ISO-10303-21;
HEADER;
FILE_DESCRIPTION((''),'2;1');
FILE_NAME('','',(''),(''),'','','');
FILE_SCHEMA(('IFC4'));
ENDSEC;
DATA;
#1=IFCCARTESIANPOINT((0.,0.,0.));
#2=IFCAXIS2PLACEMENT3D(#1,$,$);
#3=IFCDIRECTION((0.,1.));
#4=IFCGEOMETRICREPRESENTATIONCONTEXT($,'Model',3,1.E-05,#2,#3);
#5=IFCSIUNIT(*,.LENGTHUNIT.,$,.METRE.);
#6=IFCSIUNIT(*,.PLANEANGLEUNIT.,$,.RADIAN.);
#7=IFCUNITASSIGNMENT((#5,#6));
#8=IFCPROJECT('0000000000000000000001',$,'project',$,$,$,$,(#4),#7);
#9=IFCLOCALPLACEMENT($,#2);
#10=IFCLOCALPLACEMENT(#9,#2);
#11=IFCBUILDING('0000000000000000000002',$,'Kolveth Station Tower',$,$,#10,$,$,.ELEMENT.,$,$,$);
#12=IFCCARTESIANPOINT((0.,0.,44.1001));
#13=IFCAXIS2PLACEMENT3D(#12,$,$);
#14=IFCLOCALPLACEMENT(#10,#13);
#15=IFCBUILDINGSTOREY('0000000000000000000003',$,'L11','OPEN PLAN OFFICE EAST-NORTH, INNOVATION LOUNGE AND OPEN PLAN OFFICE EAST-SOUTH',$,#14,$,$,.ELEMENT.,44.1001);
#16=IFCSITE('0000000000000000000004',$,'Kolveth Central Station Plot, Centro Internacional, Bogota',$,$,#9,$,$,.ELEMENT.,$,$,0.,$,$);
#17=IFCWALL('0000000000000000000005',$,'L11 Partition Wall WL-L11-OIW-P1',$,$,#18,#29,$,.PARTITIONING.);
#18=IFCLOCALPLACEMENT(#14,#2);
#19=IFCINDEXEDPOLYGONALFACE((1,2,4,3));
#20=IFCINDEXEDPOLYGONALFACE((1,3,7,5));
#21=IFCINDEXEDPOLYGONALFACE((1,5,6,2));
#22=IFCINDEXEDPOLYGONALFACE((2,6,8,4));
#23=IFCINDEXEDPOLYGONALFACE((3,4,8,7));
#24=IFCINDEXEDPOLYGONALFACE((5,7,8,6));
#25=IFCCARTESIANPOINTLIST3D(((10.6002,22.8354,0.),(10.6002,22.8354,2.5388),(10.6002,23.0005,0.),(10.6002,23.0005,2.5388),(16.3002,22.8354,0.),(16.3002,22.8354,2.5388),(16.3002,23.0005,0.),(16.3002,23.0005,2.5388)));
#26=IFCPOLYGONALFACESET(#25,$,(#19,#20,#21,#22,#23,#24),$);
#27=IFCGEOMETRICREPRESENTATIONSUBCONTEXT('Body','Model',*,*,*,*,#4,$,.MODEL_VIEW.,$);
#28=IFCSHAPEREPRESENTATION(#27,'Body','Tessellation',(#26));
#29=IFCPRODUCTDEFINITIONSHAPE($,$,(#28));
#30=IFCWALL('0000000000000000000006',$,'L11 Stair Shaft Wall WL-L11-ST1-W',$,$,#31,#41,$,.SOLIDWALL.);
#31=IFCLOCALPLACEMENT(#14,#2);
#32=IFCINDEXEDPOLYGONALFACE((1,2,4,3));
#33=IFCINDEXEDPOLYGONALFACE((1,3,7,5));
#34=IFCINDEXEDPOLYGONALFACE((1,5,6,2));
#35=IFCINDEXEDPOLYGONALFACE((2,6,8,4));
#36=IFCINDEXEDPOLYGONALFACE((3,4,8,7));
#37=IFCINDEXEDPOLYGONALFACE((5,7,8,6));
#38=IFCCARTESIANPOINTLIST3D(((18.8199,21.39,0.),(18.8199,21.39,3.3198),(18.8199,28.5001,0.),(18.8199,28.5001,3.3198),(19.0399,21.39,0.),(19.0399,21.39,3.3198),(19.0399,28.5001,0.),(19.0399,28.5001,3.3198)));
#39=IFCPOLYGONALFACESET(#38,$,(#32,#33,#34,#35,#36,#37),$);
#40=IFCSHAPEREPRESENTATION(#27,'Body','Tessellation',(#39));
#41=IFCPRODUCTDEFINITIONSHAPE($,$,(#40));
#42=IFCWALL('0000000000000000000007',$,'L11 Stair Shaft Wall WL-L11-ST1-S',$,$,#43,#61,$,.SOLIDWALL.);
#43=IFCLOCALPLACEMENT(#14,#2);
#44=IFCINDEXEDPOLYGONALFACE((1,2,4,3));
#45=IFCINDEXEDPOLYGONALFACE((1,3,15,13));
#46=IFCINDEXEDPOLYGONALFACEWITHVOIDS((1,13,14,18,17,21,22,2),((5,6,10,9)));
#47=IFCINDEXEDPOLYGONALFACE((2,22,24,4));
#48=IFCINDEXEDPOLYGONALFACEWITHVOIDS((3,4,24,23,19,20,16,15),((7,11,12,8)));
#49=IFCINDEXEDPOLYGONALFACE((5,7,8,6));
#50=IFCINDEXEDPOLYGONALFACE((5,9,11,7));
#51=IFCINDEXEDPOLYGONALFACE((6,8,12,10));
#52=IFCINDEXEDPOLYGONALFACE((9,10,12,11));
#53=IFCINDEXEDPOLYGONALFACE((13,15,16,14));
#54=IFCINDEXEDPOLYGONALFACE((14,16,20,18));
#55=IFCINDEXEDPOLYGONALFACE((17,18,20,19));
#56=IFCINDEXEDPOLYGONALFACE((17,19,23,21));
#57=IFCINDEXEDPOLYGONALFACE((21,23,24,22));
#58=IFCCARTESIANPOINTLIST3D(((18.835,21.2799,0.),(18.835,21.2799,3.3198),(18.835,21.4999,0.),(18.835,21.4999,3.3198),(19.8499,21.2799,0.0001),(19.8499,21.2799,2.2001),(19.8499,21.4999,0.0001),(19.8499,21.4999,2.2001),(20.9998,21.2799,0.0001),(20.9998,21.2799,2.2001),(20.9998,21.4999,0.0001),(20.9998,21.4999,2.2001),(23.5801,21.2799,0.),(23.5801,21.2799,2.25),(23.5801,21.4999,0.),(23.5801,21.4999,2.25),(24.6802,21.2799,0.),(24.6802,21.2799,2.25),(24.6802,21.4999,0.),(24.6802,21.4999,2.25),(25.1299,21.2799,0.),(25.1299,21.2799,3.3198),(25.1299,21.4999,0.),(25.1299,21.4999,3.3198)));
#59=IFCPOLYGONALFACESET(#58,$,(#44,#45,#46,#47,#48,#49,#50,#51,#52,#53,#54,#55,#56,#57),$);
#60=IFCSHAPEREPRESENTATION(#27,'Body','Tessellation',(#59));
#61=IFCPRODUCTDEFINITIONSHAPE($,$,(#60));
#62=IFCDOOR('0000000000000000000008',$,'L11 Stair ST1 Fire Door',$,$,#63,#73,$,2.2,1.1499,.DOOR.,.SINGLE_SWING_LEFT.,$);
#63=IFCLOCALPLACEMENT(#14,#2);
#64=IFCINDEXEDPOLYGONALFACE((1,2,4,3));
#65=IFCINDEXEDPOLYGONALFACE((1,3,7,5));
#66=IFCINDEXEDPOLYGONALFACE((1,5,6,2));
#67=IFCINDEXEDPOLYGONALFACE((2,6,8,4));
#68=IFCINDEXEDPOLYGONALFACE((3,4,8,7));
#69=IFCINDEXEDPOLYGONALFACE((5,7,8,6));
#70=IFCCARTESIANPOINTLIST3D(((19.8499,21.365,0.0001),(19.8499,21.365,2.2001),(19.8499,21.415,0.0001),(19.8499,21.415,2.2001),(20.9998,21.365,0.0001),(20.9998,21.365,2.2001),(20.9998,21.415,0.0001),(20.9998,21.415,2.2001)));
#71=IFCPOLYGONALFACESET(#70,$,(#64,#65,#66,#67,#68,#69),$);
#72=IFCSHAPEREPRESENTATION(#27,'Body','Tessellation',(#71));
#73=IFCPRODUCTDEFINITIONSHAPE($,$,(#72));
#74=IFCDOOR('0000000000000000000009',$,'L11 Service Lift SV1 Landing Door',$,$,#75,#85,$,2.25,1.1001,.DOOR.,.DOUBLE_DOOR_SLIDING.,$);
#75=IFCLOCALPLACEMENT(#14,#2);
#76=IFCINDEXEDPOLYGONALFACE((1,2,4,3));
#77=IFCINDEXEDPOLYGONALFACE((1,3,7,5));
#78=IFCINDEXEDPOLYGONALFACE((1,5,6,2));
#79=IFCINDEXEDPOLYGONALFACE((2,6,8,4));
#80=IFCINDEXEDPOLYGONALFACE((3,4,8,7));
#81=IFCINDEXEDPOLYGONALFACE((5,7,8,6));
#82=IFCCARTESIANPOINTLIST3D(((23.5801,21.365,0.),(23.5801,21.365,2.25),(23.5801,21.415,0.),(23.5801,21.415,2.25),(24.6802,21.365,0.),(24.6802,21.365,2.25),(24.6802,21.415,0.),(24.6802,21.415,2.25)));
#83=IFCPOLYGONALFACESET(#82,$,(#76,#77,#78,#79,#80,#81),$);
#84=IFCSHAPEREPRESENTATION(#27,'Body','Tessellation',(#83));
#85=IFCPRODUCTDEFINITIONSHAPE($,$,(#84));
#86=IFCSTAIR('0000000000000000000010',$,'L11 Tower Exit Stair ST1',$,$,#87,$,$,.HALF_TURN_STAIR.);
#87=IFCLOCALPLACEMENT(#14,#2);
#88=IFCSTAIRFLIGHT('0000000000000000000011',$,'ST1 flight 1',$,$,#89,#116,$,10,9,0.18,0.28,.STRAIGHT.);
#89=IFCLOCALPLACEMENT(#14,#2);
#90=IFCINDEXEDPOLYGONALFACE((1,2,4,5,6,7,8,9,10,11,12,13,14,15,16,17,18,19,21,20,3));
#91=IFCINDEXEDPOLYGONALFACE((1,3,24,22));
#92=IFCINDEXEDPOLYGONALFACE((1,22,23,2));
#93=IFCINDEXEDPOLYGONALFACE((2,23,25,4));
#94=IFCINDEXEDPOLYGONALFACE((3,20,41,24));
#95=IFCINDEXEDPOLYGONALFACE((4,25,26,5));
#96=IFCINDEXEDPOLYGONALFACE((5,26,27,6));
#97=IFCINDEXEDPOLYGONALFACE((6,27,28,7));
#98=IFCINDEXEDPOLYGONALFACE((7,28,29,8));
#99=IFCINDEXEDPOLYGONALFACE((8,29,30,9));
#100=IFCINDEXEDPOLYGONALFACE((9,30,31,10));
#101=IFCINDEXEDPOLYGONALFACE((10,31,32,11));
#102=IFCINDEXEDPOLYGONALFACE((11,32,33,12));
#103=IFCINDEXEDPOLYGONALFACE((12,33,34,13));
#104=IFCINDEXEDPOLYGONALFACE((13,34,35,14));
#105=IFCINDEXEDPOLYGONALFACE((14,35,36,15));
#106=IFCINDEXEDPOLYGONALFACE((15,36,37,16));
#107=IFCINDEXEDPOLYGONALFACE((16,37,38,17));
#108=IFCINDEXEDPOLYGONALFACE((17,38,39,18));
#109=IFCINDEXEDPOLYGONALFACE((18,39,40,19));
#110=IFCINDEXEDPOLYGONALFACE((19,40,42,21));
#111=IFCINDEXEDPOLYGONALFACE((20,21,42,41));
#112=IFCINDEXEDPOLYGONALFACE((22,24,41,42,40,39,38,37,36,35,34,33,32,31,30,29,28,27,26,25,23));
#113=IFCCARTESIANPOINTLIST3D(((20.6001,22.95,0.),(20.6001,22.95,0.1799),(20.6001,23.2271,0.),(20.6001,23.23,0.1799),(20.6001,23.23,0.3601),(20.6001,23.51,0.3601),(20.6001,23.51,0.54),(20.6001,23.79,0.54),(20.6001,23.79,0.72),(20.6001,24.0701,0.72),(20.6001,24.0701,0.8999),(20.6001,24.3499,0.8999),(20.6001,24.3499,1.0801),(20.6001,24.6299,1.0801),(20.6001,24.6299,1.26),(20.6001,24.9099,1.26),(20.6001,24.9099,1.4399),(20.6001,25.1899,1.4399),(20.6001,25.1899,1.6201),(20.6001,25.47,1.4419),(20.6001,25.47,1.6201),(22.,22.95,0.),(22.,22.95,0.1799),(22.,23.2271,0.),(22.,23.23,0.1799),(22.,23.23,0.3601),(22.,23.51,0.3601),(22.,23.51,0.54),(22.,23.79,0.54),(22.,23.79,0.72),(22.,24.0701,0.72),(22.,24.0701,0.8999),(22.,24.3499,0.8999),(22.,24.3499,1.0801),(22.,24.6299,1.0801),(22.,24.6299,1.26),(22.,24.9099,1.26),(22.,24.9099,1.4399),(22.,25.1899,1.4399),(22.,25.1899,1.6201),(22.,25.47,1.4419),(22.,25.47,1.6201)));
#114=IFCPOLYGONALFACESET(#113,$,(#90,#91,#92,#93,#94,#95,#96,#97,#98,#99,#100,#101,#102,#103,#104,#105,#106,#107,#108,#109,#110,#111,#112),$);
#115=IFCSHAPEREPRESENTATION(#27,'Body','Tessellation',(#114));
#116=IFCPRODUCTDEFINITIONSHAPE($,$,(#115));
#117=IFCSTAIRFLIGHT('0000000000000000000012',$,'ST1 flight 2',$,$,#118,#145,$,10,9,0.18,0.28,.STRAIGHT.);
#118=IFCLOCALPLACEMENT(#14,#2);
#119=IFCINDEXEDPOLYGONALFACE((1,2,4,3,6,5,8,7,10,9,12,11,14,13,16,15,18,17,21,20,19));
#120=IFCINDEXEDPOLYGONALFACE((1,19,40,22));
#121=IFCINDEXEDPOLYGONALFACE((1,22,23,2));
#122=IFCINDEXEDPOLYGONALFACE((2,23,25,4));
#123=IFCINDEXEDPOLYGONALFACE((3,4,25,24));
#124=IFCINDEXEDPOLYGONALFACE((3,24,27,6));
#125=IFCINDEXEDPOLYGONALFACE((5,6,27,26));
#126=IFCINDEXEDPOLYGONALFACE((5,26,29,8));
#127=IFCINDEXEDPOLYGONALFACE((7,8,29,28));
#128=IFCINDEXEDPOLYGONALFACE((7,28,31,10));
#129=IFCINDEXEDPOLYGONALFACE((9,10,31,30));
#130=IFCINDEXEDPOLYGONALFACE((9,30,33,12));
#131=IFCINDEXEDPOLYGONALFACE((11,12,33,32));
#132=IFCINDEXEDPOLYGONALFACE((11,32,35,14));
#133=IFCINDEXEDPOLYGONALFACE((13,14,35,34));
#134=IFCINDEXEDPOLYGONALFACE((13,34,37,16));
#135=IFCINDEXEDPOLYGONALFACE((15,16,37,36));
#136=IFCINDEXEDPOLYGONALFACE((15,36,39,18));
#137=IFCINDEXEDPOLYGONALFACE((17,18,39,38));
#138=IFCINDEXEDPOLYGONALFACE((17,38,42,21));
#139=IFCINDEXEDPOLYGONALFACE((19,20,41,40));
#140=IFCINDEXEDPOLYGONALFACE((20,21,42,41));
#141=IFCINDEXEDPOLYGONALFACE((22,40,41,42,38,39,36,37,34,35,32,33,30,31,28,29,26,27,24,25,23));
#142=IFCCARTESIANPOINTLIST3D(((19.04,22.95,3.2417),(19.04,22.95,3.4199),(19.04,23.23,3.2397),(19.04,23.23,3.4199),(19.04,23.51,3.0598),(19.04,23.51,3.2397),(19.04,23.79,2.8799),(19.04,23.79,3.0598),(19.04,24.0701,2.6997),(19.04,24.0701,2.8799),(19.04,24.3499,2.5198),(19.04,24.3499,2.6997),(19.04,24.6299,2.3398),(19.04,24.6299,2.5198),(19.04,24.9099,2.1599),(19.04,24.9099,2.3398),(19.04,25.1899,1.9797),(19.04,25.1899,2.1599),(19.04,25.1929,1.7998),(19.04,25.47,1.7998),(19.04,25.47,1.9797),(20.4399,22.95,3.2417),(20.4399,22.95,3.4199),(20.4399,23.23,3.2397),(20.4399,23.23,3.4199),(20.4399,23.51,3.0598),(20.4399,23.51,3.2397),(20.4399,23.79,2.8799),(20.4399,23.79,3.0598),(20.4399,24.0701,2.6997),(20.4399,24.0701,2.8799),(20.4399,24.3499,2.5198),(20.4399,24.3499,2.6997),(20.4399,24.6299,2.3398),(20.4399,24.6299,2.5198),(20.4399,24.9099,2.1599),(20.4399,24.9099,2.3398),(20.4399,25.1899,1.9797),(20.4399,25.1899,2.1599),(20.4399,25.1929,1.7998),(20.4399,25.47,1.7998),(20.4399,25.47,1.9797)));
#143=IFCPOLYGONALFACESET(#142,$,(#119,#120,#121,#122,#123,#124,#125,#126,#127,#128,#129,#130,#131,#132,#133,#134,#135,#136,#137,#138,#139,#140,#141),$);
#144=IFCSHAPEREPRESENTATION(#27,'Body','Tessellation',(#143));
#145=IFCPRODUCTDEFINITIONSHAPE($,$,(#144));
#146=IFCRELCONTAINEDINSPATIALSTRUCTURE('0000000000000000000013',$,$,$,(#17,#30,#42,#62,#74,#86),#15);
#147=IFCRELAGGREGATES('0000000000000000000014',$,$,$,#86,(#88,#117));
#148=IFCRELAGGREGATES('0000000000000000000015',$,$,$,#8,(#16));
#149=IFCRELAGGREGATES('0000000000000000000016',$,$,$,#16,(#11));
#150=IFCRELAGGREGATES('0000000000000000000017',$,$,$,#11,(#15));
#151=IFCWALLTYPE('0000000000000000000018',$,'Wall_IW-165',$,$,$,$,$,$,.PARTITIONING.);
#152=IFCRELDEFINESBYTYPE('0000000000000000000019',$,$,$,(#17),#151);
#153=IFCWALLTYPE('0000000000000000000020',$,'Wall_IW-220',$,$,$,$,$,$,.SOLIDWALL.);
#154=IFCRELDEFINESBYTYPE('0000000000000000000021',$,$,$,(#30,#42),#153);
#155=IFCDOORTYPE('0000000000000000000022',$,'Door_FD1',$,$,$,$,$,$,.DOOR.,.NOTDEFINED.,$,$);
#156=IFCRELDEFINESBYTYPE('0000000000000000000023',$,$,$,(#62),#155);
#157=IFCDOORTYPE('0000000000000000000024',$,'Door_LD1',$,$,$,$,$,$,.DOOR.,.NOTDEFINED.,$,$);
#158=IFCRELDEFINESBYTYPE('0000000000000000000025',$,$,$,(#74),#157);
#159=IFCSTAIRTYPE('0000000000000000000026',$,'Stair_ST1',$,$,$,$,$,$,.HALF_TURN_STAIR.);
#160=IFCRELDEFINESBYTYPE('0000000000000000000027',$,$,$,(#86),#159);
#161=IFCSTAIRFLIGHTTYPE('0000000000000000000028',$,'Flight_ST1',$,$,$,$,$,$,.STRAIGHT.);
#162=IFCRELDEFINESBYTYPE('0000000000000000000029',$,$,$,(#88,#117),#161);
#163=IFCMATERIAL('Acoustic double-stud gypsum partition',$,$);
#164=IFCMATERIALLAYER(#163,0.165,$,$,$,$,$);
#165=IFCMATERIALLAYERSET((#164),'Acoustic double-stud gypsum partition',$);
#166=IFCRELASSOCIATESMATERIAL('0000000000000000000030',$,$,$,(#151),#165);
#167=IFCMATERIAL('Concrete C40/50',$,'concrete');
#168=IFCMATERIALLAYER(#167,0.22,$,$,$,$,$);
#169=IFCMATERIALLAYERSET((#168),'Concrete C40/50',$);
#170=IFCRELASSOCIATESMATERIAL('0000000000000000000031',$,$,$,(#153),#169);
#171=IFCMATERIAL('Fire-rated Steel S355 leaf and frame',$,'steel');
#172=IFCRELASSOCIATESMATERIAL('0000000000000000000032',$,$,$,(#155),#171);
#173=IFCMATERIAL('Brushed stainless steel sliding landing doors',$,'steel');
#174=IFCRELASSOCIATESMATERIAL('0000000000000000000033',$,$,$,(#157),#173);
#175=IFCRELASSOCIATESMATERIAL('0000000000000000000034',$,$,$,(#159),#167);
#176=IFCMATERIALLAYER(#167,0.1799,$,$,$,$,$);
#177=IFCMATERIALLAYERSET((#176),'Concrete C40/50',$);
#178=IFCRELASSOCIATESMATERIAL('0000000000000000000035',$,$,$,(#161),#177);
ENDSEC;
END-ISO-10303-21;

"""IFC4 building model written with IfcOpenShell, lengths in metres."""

from ifc_helpers import new_model, si_unit, direction, frame, frame_2d, origin, place, context, subcontext, project, spatial, polyline, rectangle, outline, extrude, material, layer, layer_set, type_object, element, fill, aggregate, save


model = new_model("IFC4")

# Units and contexts
model_context = context("Model", 3, precision=1e-05, world=origin(), true_north=direction((0.0, 1.0)))
body_context = subcontext(model_context, "Body", "Model", "MODEL_VIEW")
ifc_project = project(units=[si_unit("LENGTHUNIT", "METRE"), si_unit("PLANEANGLEUNIT", "RADIAN")], contexts=[model_context])

# Site, building, storey
site_placement = place(None, origin())
site = spatial("IfcSite", under=ifc_project, at=site_placement, Name="Kolveth Central Station Plot, Centro Internacional, Bogota", CompositionType="ELEMENT", RefElevation=0.0)
building_placement = place(site_placement, origin())
building = spatial("IfcBuilding", under=site, at=building_placement, Name="Kolveth Station Tower", CompositionType="ELEMENT")
storey_placement = place(building_placement, frame((0.0, 0.0, 44.1001)))
storey = spatial("IfcBuildingStorey", under=building, at=storey_placement, Name="L11", Description="OPEN PLAN OFFICE EAST-NORTH, INNOVATION LOUNGE AND OPEN PLAN OFFICE EAST-SOUTH", CompositionType="ELEMENT", Elevation=44.1001)

# Walls
ifc_material_1 = material(Name="Acoustic double-stud gypsum partition")
ifc_layer_1 = layer(ifc_material_1, 0.165)
ifc_layer_set_1 = layer_set([ifc_layer_1], Name="Acoustic double-stud gypsum partition")
wall_type_1 = type_object("IfcWallType", Name="Wall_IW-165", PredefinedType="PARTITIONING", material=ifc_layer_set_1)
wall_1_placement = place(storey_placement, frame((10.6001, 22.918, 0.0), z_axis=(0.0, 0.0, 1.0), x_axis=(1.0, 0.0, 0.0)))
element("IfcWall", 1, at=wall_1_placement, inside=storey, type_object=wall_type_1, Name="L11 Partition Wall WL-L11-OIW-P1", PredefinedType="PARTITIONING", context=body_context, shape_type="SweptSolid", body=[
    extrude(rectangle(XDim=5.7, YDim=0.165, at=frame_2d((2.8501, 0.0))), origin(), (0.0, 0.0, 1.0), 2.5388),
])
ifc_material_2 = material(Name="Concrete C40/50", Category="concrete")
ifc_layer_2 = layer(ifc_material_2, 0.22)
ifc_layer_set_2 = layer_set([ifc_layer_2], Name="Concrete C40/50")
wall_type_2 = type_object("IfcWallType", Name="Wall_IW-220", PredefinedType="SOLIDWALL", material=ifc_layer_set_2)
wall_2_placement = place(storey_placement, frame((18.9299, 21.3899, 0.0), z_axis=(0.0, 0.0, 1.0), x_axis=(0.0, 1.0, 0.0)))
element("IfcWall", 2, at=wall_2_placement, inside=storey, type_object=wall_type_2, Name="L11 Stair Shaft Wall WL-L11-ST1-W", PredefinedType="SOLIDWALL", context=body_context, shape_type="SweptSolid", body=[
    extrude(rectangle(XDim=7.1101, YDim=0.22, at=frame_2d((3.5552, 0.0))), origin(), (0.0, 0.0, 1.0), 3.3198),
])

# Wall, openings, doors
wall_3_placement = place(storey_placement, frame((18.835, 21.3899, 0.0), z_axis=(0.0, 0.0, 1.0), x_axis=(1.0, 0.0, 0.0)))
wall_3 = element("IfcWall", 3, at=wall_3_placement, inside=storey, type_object=wall_type_2, Name="L11 Stair Shaft Wall WL-L11-ST1-S", PredefinedType="SOLIDWALL", context=body_context, shape_type="SweptSolid", body=[
    extrude(rectangle(XDim=6.2949, YDim=0.22, at=frame_2d((3.1475, 0.0))), origin(), (0.0, 0.0, 1.0), 3.3198),
])
opening_1_placement = place(wall_3_placement, frame((1.0149, 0.0, 0.0)))
opening_1 = element("IfcOpeningElement", 4, at=opening_1_placement, cuts=wall_3, PredefinedType="OPENING", context=body_context, shape_type="SweptSolid", body=[
    extrude(rectangle(XDim=1.1499, YDim=2.2, at=frame_2d((0.575, 1.1001))), frame((0.0, 0.1199, 0.0), z_axis=(0.0, -1.0, 0.0), x_axis=(1.0, 0.0, 0.0)), (0.0, 0.0, 1.0), 0.24),
])
opening_2_placement = place(wall_3_placement, frame((4.7451, 0.0, 0.0)))
opening_2 = element("IfcOpeningElement", 5, at=opening_2_placement, cuts=wall_3, PredefinedType="OPENING", context=body_context, shape_type="SweptSolid", body=[
    extrude(rectangle(XDim=1.1001, YDim=2.25, at=frame_2d((0.55, 1.125))), frame((0.0, 0.1199, 0.0), z_axis=(0.0, -1.0, 0.0), x_axis=(1.0, 0.0, 0.0)), (0.0, 0.0, 1.0), 0.24),
])
ifc_material_3 = material(Name="Fire-rated Steel S355 leaf and frame", Category="steel")
door_type_1 = type_object("IfcDoorType", Name="Door_FD1", OperationType="NOTDEFINED", PredefinedType="DOOR", material=ifc_material_3)
door_1_placement = place(opening_1_placement, frame((1.1499, 0.0, 0.0), z_axis=(0.0, 0.0, 1.0), x_axis=(-1.0, 0.0, 0.0)))
door_1 = element("IfcDoor", 6, at=door_1_placement, inside=storey, type_object=door_type_1, Name="L11 Stair ST1 Fire Door", OperationType="SINGLE_SWING_LEFT", OverallHeight=2.2, OverallWidth=1.1499, PredefinedType="DOOR", context=body_context, shape_type="SweptSolid", body=[
    extrude(rectangle(XDim=1.1499, YDim=2.2, at=frame_2d((0.575, 1.1001))), frame((0.0, 0.0249, 0.0), z_axis=(0.0, -1.0, 0.0), x_axis=(1.0, 0.0, 0.0)), (0.0, 0.0, 1.0), 0.05),
])
fill(opening_1, door_1)
ifc_material_4 = material(Name="Brushed stainless steel sliding landing doors", Category="steel")
door_type_2 = type_object("IfcDoorType", Name="Door_LD1", OperationType="NOTDEFINED", PredefinedType="DOOR", material=ifc_material_4)
door_2_placement = place(opening_2_placement, frame((1.1001, 0.0, 0.0), z_axis=(0.0, 0.0, 1.0), x_axis=(-1.0, 0.0, 0.0)))
door_2 = element("IfcDoor", 7, at=door_2_placement, inside=storey, type_object=door_type_2, Name="L11 Service Lift SV1 Landing Door", OperationType="DOUBLE_DOOR_SLIDING", OverallHeight=2.25, OverallWidth=1.1001, PredefinedType="DOOR", context=body_context, shape_type="SweptSolid", body=[
    extrude(rectangle(XDim=1.1001, YDim=2.25, at=frame_2d((0.55, 1.125))), frame((0.0, 0.0249, 0.0), z_axis=(0.0, -1.0, 0.0), x_axis=(1.0, 0.0, 0.0)), (0.0, 0.0, 1.0), 0.05),
])
fill(opening_2, door_2)

# Stair, stair flights
stair_type = type_object("IfcStairType", Name="Stair_ST1", PredefinedType="HALF_TURN_STAIR", material=ifc_material_2)
stair_placement = place(storey_placement, origin())
stair = element("IfcStair", 8, at=stair_placement, inside=storey, type_object=stair_type, Name="L11 Tower Exit Stair ST1", PredefinedType="HALF_TURN_STAIR")
ifc_layer_3 = layer(ifc_material_2, 0.1799)
ifc_layer_set_3 = layer_set([ifc_layer_3], Name="Concrete C40/50")
stair_flight_type = type_object("IfcStairFlightType", Name="Flight_ST1", PredefinedType="STRAIGHT", material=ifc_layer_set_3)
stair_flight_1_placement = place(storey_placement, frame((21.3, 22.95, 0.0), z_axis=(0.0, 0.0, 1.0), x_axis=(0.0, 1.0, 0.0)))
stair_flight_1 = element("IfcStairFlight", 9, at=stair_flight_1_placement, type_object=stair_flight_type, Name="ST1 flight 1", NumberOfRisers=10, NumberOfTreads=9, PredefinedType="STRAIGHT", RiserHeight=0.18, TreadLength=0.28, context=body_context, shape_type="SweptSolid", body=[
    extrude(outline(polyline([(0.0, 0.0), (0.0, 0.1799), (0.28, 0.1799), (0.28, 0.3601), (0.5601, 0.3601), (0.5601, 0.54), (0.8401, 0.54), (0.8401, 0.72), (1.1201, 0.72), (1.1201, 0.8999), (1.3999, 0.8999), (1.3999, 1.0801), (1.6799, 1.0801), (1.6799, 1.26), (1.96, 1.26), (1.96, 1.4399), (2.24, 1.4399), (2.24, 1.6201), (2.52, 1.6201), (2.52, 1.8), (2.52, 1.4419), (0.2771, 0.0), (0.0, 0.0)])), frame((0.0, 0.7, 0.0), z_axis=(0.0, -1.0, 0.0), x_axis=(1.0, 0.0, 0.0)), (0.0, 0.0, 1.0), 1.3999),
])
stair_flight_2_placement = place(storey_placement, frame((19.74, 25.47, 1.7998), z_axis=(0.0, 0.0, 1.0), x_axis=(0.0, -1.0, 0.0)))
stair_flight_2 = element("IfcStairFlight", 10, at=stair_flight_2_placement, type_object=stair_flight_type, Name="ST1 flight 2", NumberOfRisers=10, NumberOfTreads=9, PredefinedType="STRAIGHT", RiserHeight=0.18, TreadLength=0.28, context=body_context, shape_type="SweptSolid", body=[
    extrude(outline(polyline([(0.0, 0.0), (0.0, 0.1799), (0.28, 0.1799), (0.28, 0.3601), (0.5601, 0.3601), (0.5601, 0.54), (0.8401, 0.54), (0.8401, 0.72), (1.1201, 0.72), (1.1201, 0.8999), (1.3999, 0.8999), (1.3999, 1.0801), (1.6799, 1.0801), (1.6799, 1.26), (1.96, 1.26), (1.96, 1.4399), (2.24, 1.4399), (2.24, 1.6201), (2.52, 1.6201), (2.52, 1.8), (2.52, 1.4419), (0.2771, 0.0), (0.0, 0.0)])), frame((0.0, 0.7, 0.0), z_axis=(0.0, -1.0, 0.0), x_axis=(1.0, 0.0, 0.0)), (0.0, 0.0, 1.0), 1.3999),
])
aggregate(stair, [stair_flight_1, stair_flight_2])

save(model, "model.ifc")
